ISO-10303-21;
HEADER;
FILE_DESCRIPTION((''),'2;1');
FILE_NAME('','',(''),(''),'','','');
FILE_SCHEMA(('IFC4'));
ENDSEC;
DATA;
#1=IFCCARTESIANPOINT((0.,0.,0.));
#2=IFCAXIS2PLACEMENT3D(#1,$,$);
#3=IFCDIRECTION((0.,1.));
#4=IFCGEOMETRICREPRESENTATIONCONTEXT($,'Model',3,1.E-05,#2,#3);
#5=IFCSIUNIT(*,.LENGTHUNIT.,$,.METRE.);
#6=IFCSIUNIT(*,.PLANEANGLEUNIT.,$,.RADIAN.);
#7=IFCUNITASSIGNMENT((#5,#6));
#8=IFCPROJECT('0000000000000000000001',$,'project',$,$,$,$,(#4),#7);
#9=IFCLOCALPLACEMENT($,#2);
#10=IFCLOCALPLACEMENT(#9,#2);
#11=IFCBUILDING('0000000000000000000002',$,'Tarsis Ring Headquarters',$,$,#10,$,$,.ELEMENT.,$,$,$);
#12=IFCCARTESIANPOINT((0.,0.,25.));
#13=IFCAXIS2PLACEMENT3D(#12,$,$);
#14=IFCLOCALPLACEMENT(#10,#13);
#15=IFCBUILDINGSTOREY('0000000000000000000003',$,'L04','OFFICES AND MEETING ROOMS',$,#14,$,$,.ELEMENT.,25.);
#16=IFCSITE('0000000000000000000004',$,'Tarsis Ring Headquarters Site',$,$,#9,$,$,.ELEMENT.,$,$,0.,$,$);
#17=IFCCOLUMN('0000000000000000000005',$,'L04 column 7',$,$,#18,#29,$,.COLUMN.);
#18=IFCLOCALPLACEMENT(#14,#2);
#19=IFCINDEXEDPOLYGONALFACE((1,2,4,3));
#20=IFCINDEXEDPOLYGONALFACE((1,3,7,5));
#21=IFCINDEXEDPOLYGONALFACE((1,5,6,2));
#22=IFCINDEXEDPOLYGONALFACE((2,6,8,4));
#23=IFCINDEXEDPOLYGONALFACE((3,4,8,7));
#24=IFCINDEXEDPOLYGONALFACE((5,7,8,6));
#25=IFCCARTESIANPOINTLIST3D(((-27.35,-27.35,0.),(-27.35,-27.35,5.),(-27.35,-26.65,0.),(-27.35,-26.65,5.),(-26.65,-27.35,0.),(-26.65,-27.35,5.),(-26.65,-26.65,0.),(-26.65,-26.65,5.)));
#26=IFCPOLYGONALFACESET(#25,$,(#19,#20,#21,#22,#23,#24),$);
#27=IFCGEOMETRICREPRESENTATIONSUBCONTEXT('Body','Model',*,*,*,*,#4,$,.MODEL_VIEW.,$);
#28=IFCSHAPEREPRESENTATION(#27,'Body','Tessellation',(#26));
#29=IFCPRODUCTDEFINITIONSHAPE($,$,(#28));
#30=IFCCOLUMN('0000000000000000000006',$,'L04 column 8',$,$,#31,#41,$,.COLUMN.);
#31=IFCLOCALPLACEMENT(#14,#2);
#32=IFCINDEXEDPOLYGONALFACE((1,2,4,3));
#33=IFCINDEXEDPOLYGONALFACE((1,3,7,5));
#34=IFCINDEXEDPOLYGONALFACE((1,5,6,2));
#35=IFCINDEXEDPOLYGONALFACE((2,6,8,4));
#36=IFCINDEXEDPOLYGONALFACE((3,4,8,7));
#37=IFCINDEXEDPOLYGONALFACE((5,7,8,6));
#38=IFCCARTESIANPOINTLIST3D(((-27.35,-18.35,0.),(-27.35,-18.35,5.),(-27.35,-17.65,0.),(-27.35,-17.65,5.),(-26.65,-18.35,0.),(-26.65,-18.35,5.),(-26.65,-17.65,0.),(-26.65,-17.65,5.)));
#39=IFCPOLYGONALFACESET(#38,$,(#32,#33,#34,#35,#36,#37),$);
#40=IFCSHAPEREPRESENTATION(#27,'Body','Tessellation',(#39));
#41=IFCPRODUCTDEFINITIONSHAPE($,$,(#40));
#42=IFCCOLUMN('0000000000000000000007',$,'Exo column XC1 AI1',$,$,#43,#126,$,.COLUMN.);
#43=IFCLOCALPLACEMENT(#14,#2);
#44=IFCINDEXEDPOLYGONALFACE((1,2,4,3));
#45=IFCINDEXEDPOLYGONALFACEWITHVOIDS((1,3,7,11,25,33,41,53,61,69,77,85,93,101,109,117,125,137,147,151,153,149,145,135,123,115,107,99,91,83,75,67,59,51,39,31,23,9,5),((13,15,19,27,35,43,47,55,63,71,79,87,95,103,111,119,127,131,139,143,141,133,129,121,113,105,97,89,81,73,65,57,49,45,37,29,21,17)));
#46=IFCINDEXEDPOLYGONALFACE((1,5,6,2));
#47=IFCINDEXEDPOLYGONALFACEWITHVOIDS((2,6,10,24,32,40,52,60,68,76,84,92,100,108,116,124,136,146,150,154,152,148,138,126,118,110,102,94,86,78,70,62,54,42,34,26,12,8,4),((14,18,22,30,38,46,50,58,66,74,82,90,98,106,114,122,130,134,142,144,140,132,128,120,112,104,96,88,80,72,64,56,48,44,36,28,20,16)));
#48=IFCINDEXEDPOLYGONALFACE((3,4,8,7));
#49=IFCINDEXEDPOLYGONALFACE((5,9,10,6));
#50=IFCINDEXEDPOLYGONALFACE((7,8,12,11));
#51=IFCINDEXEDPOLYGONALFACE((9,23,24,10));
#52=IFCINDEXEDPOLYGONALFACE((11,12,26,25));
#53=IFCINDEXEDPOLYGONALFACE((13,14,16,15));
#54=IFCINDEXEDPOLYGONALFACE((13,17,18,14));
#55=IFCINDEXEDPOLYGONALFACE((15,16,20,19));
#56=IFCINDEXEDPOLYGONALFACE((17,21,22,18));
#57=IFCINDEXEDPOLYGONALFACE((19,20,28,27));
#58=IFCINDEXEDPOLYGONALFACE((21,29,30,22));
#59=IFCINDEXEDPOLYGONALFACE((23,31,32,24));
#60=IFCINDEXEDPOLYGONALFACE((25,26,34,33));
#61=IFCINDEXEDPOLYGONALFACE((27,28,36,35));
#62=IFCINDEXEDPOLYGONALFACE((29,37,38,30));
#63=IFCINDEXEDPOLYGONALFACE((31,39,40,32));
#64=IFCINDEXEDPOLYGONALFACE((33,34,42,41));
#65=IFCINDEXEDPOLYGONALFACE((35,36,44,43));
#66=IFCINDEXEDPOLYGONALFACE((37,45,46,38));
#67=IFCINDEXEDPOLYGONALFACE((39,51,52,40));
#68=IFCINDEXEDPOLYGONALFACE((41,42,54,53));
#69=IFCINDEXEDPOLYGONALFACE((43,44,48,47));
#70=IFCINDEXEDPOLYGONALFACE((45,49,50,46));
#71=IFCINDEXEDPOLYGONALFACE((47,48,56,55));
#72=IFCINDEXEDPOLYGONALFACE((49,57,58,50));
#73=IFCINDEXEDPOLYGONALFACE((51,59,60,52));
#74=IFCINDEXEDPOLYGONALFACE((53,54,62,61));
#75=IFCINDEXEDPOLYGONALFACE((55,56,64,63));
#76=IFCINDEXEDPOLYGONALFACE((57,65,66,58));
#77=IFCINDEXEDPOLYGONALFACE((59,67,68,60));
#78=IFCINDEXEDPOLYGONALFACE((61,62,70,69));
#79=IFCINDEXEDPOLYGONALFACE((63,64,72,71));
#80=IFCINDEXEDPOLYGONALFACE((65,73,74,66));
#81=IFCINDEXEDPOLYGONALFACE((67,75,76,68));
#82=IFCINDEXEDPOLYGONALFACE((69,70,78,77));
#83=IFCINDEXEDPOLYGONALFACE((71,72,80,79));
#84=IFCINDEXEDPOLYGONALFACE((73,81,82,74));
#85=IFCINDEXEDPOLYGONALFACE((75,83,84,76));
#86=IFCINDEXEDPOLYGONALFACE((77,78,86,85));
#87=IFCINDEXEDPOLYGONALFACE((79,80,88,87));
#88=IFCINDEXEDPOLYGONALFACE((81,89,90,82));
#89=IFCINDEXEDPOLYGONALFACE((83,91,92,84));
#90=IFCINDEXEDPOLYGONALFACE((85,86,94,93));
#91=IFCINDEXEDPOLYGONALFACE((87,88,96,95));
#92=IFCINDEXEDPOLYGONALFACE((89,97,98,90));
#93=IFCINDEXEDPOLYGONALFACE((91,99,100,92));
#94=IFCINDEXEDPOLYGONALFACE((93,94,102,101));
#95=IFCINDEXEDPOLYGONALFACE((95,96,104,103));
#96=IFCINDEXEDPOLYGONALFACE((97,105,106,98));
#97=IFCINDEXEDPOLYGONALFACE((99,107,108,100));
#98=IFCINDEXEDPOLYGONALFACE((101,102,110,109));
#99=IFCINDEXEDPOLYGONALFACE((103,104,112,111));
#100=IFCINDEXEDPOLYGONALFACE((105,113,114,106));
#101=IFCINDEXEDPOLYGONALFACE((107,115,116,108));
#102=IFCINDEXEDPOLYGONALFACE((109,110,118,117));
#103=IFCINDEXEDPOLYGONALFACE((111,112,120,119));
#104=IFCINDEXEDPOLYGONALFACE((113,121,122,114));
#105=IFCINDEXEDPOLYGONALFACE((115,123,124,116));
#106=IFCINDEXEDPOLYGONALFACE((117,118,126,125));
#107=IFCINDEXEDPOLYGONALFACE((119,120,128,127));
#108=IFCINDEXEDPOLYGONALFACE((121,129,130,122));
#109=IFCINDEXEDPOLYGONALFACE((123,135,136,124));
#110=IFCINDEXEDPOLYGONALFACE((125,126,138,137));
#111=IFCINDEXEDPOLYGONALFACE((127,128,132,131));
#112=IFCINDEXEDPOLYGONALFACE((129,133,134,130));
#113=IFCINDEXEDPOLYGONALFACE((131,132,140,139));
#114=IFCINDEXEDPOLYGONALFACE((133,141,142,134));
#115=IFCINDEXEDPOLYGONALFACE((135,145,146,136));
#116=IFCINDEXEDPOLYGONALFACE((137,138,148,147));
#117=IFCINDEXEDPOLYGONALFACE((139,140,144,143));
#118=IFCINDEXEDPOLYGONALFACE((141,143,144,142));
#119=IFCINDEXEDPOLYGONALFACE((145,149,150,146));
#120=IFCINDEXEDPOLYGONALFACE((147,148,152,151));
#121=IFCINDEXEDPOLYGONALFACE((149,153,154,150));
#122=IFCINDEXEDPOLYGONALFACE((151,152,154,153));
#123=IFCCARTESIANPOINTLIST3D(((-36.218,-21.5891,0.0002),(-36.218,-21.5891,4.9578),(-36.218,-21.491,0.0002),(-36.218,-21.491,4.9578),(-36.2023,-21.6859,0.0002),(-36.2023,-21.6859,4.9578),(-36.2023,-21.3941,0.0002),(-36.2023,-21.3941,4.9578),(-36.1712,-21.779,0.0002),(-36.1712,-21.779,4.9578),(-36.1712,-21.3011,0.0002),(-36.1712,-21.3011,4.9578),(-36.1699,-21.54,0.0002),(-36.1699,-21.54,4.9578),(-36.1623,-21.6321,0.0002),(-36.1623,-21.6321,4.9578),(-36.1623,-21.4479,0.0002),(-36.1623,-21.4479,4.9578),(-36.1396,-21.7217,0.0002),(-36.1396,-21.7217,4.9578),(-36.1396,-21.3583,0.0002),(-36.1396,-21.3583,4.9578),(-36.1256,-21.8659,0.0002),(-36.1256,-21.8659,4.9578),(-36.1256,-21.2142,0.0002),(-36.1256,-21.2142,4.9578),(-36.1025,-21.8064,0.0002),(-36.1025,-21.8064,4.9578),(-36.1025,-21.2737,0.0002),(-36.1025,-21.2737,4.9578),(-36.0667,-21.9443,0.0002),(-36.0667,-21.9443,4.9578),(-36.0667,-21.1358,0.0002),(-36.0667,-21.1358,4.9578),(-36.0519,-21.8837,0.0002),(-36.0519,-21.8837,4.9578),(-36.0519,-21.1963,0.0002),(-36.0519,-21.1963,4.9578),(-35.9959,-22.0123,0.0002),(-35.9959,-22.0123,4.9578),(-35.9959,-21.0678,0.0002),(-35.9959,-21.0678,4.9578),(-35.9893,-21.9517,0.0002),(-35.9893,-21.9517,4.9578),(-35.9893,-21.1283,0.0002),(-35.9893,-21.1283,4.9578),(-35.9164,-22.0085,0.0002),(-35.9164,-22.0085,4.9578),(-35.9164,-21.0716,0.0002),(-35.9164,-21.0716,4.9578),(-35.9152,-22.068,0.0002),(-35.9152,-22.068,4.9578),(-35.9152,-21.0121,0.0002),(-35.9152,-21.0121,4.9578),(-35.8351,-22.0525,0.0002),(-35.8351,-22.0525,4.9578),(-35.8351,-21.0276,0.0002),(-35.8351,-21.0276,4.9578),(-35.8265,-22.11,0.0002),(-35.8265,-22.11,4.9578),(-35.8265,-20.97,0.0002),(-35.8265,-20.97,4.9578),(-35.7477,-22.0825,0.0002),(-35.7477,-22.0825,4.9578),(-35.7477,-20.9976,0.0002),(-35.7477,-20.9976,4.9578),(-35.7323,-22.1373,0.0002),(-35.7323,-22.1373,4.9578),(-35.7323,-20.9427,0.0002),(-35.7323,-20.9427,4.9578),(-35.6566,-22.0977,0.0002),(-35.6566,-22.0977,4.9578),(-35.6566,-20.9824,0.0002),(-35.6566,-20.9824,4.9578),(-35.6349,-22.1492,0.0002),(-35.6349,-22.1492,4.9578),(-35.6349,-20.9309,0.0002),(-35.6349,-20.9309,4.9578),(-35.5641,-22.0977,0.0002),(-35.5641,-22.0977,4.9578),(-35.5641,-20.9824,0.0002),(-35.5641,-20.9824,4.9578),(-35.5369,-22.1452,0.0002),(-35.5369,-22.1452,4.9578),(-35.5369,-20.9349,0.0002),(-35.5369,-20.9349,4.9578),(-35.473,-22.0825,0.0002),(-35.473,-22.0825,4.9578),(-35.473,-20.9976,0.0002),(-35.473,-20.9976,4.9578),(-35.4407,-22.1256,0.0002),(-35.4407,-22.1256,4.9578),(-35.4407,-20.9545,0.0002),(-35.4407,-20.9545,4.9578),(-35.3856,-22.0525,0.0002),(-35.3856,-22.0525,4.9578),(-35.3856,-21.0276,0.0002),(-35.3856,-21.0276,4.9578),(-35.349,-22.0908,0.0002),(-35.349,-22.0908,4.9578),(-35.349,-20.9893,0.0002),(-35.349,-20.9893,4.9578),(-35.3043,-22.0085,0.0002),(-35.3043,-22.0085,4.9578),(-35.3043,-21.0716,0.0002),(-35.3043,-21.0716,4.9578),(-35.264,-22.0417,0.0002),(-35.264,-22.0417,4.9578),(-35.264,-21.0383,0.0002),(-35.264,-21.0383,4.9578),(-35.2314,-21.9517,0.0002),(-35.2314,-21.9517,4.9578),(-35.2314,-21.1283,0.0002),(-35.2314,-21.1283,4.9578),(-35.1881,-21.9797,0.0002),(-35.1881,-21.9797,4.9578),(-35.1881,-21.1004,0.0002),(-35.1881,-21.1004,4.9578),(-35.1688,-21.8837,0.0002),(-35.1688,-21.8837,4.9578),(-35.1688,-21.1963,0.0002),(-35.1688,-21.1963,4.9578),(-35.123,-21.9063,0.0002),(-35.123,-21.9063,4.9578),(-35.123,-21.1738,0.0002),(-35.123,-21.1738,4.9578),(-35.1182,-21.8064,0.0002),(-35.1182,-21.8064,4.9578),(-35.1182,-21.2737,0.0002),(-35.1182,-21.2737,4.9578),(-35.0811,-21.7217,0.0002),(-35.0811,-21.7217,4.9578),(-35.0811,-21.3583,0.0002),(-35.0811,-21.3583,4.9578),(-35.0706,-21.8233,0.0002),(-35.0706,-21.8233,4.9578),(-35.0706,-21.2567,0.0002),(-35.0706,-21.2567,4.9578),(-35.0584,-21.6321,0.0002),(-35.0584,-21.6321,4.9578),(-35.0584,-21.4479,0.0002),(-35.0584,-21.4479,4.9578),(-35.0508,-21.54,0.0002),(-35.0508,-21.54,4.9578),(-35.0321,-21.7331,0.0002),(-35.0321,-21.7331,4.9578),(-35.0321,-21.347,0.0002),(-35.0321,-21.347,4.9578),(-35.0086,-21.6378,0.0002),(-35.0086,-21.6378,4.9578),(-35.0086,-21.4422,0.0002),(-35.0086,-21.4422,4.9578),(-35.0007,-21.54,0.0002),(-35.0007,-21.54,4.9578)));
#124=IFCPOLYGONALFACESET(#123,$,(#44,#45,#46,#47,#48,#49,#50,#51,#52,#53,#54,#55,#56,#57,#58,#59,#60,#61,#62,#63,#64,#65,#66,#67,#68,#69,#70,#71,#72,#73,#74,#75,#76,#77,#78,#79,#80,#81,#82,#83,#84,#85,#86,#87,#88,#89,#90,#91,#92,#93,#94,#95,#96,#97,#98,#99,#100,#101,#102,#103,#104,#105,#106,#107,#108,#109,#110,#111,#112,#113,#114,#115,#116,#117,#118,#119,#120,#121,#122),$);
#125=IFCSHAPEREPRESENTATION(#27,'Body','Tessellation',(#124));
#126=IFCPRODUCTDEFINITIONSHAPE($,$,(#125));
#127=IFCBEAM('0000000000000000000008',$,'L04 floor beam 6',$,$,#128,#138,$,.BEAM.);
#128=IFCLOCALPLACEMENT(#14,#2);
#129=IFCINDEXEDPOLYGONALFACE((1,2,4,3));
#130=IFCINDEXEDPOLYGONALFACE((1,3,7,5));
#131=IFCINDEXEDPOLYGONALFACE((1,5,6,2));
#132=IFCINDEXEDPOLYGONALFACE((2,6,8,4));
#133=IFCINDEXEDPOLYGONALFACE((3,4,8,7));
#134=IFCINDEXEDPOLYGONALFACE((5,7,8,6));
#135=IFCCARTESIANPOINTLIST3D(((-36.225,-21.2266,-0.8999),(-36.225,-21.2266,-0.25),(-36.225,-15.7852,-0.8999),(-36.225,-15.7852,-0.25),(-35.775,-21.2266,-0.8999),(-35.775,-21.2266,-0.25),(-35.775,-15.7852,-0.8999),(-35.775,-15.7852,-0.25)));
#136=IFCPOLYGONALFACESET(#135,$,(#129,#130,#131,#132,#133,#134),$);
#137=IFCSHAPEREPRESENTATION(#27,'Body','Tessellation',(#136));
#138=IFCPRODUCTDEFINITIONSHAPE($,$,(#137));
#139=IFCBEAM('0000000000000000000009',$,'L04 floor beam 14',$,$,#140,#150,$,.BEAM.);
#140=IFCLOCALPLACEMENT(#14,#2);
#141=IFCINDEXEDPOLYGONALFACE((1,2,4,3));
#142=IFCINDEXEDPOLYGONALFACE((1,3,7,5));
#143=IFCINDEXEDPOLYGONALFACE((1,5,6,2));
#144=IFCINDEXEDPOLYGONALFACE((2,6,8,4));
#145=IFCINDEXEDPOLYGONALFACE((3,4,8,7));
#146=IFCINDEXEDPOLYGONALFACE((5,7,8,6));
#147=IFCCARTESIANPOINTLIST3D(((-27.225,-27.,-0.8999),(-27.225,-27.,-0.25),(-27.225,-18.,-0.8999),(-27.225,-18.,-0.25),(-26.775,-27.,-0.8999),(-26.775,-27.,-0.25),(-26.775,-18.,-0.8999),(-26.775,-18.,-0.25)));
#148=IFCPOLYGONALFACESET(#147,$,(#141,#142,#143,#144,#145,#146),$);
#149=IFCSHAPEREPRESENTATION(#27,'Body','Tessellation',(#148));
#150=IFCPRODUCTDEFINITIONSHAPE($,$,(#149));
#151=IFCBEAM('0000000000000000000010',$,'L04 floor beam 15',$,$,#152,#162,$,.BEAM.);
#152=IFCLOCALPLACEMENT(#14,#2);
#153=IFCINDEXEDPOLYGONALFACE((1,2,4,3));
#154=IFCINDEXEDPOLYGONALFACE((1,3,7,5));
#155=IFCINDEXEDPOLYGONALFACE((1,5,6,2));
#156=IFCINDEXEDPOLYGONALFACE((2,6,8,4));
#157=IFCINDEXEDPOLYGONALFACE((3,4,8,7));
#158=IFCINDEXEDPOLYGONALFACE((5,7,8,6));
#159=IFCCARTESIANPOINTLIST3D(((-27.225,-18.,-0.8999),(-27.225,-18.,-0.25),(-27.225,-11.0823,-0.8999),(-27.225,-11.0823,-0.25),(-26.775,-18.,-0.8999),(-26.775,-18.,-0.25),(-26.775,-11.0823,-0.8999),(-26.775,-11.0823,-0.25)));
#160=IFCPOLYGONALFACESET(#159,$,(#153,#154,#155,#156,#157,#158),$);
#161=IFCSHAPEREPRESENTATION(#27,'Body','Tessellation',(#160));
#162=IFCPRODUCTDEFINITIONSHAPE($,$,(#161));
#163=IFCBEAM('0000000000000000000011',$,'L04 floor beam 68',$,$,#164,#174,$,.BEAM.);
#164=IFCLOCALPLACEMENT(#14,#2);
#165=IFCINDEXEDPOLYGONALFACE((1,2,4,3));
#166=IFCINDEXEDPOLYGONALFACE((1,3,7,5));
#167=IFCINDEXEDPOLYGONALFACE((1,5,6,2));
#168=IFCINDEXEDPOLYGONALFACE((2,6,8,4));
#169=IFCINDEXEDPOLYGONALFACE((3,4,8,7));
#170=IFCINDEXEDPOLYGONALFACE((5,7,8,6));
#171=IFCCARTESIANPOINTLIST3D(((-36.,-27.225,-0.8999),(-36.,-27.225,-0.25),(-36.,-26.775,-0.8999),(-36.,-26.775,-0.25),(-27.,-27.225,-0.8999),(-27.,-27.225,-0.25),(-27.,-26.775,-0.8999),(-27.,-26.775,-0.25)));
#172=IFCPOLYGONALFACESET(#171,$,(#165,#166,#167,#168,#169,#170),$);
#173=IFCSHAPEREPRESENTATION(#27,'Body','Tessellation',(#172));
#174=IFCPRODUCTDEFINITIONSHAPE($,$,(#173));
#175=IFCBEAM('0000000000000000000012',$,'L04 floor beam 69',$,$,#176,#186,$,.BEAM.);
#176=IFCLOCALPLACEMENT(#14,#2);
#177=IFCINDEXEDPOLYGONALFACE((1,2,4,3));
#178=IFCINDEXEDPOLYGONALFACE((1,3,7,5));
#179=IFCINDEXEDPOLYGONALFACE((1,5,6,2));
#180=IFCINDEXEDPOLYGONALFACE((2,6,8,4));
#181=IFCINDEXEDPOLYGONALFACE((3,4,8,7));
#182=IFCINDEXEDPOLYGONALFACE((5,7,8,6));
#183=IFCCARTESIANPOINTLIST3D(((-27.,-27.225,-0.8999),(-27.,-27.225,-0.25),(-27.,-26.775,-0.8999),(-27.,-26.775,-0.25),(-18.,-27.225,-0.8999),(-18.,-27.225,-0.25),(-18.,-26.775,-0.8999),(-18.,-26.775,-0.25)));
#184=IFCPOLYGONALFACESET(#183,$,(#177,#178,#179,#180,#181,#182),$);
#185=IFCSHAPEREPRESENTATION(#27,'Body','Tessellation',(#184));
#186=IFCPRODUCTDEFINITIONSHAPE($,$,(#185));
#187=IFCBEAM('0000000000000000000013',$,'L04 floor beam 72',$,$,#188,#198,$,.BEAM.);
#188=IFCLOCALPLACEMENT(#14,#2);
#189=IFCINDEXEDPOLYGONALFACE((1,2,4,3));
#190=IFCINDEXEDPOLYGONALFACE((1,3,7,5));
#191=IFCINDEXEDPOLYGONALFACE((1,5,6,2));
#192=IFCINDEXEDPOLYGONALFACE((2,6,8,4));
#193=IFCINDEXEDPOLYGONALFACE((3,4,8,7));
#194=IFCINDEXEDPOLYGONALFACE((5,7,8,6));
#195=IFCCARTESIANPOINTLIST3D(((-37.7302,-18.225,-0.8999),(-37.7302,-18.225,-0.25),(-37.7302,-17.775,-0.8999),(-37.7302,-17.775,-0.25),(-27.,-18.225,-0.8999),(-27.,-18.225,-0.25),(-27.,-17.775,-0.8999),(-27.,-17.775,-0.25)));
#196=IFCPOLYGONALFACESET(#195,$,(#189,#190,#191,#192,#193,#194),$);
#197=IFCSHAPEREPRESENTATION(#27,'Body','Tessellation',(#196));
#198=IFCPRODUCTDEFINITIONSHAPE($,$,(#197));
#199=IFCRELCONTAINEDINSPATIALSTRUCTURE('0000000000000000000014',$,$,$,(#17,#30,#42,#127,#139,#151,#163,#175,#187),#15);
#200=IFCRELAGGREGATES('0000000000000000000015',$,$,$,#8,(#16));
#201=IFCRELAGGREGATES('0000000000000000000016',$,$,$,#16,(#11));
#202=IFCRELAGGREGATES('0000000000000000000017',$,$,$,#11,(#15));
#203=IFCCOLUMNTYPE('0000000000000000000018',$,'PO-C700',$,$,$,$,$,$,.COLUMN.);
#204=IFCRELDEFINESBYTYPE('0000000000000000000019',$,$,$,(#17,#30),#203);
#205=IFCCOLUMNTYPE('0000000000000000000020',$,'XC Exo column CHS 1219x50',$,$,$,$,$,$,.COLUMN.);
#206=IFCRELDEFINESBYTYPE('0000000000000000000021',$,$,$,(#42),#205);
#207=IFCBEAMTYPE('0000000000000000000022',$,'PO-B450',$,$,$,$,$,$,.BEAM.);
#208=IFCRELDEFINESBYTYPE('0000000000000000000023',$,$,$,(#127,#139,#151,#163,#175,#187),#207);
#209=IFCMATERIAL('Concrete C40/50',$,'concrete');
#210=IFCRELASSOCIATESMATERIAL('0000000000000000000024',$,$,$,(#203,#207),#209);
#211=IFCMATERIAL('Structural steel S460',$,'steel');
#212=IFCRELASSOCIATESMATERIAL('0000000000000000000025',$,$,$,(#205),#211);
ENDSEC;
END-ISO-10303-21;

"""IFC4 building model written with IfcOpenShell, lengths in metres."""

from ifc_helpers import new_model, si_unit, direction, frame, origin, origin_2d, place, context, subcontext, project, spatial, rectangle, hollow_circle, extrude, material, material_profile, profile_set, type_object, element, save


model = new_model("IFC4")

# Units and contexts
model_context = context("Model", 3, precision=1e-05, world=origin(), true_north=direction((0.0, 1.0)))
body_context = subcontext(model_context, "Body", "Model", "MODEL_VIEW")
ifc_project = project(units=[si_unit("LENGTHUNIT", "METRE"), si_unit("PLANEANGLEUNIT", "RADIAN")], contexts=[model_context])

# Site, building, storey
site_placement = place(None, origin())
site = spatial("IfcSite", under=ifc_project, at=site_placement, Name="Tarsis Ring Headquarters Site", CompositionType="ELEMENT", RefElevation=0.0)
building_placement = place(site_placement, origin())
building = spatial("IfcBuilding", under=site, at=building_placement, Name="Tarsis Ring Headquarters", CompositionType="ELEMENT")
storey_placement = place(building_placement, frame((0.0, 0.0, 25.0)))
storey = spatial("IfcBuildingStorey", under=building, at=storey_placement, Name="L04", Description="OFFICES AND MEETING ROOMS", CompositionType="ELEMENT", Elevation=25.0)

# Columns
ifc_material_1 = material(Name="Concrete C40/50", Category="concrete")
ifc_material_profile_1 = material_profile(ifc_material_1, rectangle(XDim=0.7, YDim=0.7, at=origin_2d()), Name="PO-C700")
ifc_profile_set_1 = profile_set([ifc_material_profile_1], Name="Concrete C40/50")
column_type_1 = type_object("IfcColumnType", Name="PO-C700", PredefinedType="COLUMN", material=ifc_profile_set_1)
for number, where, z_axis, x_axis, name in (
    (1, (-27.0, -27.0, 0.0), (0.0, 0.0, 1.0), (1.0, 0.0, 0.0), "L04 column 7"),
    (2, (-27.0, -18.0, 0.0), (0.0, 0.0, 1.0), (1.0, 0.0, 0.0), "L04 column 8"),
):
    element("IfcColumn", number, at=place(storey_placement, frame(where, z_axis=z_axis, x_axis=x_axis)), inside=storey, type_object=column_type_1, Name=name, PredefinedType="COLUMN", context=body_context, shape_type="SweptSolid", body=[
        extrude(rectangle(XDim=0.7, YDim=0.7, at=origin_2d()), origin(), (0.0, 0.0, 1.0), 5.0),
    ])
ifc_material_2 = material(Name="Structural steel S460", Category="steel")
ifc_material_profile_2 = material_profile(ifc_material_2, hollow_circle(Radius=0.6096, WallThickness=0.05, at=origin_2d()), Name="CHS 1219x50")
ifc_profile_set_2 = profile_set([ifc_material_profile_2], Name="Structural steel S460")
column_type_2 = type_object("IfcColumnType", Name="XC Exo column CHS 1219x50", PredefinedType="COLUMN", material=ifc_profile_set_2)
column_placement = place(storey_placement, frame((-35.6104, -21.54, 0.0002), z_axis=(0.0, 0.0, 1.0), x_axis=(1.0, 0.0, 0.0)))
element("IfcColumn", 3, at=column_placement, inside=storey, type_object=column_type_2, Name="Exo column XC1 AI1", PredefinedType="COLUMN", context=body_context, shape_type="SweptSolid", body=[
    extrude(hollow_circle(Radius=0.6096, WallThickness=0.05, at=origin_2d()), origin(), (0.0, 0.0, 1.0), 4.9575),
])

# Beams
ifc_material_profile_3 = material_profile(ifc_material_1, rectangle(XDim=0.45, YDim=0.6499, at=origin_2d()), Name="PO-B450")
ifc_profile_set_3 = profile_set([ifc_material_profile_3], Name="Concrete C40/50")
beam_type_1 = type_object("IfcBeamType", Name="PO-B450", PredefinedType="BEAM", material=ifc_profile_set_3)
beam_1_placement = place(storey_placement, frame((-36.0, -21.2266, -0.575), z_axis=(0.0, 1.0, 0.0), x_axis=(-1.0, 0.0, 0.0)))
element("IfcBeam", 4, at=beam_1_placement, inside=storey, type_object=beam_type_1, Name="L04 floor beam 6", PredefinedType="BEAM", context=body_context, shape_type="SweptSolid", body=[
    extrude(rectangle(XDim=0.45, YDim=0.6499, at=origin_2d()), origin(), (0.0, 0.0, 1.0), 5.4414),
])
beam_2_placement = place(storey_placement, frame((-27.0, -27.0, -0.575), z_axis=(0.0, 1.0, 0.0), x_axis=(-1.0, 0.0, 0.0)))
element("IfcBeam", 5, at=beam_2_placement, inside=storey, type_object=beam_type_1, Name="L04 floor beam 14", PredefinedType="BEAM", context=body_context, shape_type="SweptSolid", body=[
    extrude(rectangle(XDim=0.45, YDim=0.6499, at=origin_2d()), origin(), (0.0, 0.0, 1.0), 9.0),
])
beam_3_placement = place(storey_placement, frame((-27.0, -18.0, -0.575), z_axis=(0.0, 1.0, 0.0), x_axis=(-1.0, 0.0, 0.0)))
element("IfcBeam", 6, at=beam_3_placement, inside=storey, type_object=beam_type_1, Name="L04 floor beam 15", PredefinedType="BEAM", context=body_context, shape_type="SweptSolid", body=[
    extrude(rectangle(XDim=0.45, YDim=0.6499, at=origin_2d()), origin(), (0.0, 0.0, 1.0), 6.9177),
])
for number, where, z_axis, x_axis, name in (
    (7, (-36.0, -27.0, -0.575), (1.0, 0.0, 0.0), (0.0, 1.0, 0.0), "L04 floor beam 68"),
    (8, (-27.0, -27.0, -0.575), (1.0, 0.0, 0.0), (0.0, 1.0, 0.0), "L04 floor beam 69"),
):
    element("IfcBeam", number, at=place(storey_placement, frame(where, z_axis=z_axis, x_axis=x_axis)), inside=storey, type_object=beam_type_1, Name=name, PredefinedType="BEAM", context=body_context, shape_type="SweptSolid", body=[
        extrude(rectangle(XDim=0.45, YDim=0.6499, at=origin_2d()), origin(), (0.0, 0.0, 1.0), 9.0),
    ])
beam_4_placement = place(storey_placement, frame((-37.7302, -18.0, -0.575), z_axis=(1.0, 0.0, 0.0), x_axis=(0.0, 1.0, 0.0)))
element("IfcBeam", 9, at=beam_4_placement, inside=storey, type_object=beam_type_1, Name="L04 floor beam 72", PredefinedType="BEAM", context=body_context, shape_type="SweptSolid", body=[
    extrude(rectangle(XDim=0.45, YDim=0.6499, at=origin_2d()), origin(), (0.0, 0.0, 1.0), 10.7302),
])

save(model, "model.ifc")
